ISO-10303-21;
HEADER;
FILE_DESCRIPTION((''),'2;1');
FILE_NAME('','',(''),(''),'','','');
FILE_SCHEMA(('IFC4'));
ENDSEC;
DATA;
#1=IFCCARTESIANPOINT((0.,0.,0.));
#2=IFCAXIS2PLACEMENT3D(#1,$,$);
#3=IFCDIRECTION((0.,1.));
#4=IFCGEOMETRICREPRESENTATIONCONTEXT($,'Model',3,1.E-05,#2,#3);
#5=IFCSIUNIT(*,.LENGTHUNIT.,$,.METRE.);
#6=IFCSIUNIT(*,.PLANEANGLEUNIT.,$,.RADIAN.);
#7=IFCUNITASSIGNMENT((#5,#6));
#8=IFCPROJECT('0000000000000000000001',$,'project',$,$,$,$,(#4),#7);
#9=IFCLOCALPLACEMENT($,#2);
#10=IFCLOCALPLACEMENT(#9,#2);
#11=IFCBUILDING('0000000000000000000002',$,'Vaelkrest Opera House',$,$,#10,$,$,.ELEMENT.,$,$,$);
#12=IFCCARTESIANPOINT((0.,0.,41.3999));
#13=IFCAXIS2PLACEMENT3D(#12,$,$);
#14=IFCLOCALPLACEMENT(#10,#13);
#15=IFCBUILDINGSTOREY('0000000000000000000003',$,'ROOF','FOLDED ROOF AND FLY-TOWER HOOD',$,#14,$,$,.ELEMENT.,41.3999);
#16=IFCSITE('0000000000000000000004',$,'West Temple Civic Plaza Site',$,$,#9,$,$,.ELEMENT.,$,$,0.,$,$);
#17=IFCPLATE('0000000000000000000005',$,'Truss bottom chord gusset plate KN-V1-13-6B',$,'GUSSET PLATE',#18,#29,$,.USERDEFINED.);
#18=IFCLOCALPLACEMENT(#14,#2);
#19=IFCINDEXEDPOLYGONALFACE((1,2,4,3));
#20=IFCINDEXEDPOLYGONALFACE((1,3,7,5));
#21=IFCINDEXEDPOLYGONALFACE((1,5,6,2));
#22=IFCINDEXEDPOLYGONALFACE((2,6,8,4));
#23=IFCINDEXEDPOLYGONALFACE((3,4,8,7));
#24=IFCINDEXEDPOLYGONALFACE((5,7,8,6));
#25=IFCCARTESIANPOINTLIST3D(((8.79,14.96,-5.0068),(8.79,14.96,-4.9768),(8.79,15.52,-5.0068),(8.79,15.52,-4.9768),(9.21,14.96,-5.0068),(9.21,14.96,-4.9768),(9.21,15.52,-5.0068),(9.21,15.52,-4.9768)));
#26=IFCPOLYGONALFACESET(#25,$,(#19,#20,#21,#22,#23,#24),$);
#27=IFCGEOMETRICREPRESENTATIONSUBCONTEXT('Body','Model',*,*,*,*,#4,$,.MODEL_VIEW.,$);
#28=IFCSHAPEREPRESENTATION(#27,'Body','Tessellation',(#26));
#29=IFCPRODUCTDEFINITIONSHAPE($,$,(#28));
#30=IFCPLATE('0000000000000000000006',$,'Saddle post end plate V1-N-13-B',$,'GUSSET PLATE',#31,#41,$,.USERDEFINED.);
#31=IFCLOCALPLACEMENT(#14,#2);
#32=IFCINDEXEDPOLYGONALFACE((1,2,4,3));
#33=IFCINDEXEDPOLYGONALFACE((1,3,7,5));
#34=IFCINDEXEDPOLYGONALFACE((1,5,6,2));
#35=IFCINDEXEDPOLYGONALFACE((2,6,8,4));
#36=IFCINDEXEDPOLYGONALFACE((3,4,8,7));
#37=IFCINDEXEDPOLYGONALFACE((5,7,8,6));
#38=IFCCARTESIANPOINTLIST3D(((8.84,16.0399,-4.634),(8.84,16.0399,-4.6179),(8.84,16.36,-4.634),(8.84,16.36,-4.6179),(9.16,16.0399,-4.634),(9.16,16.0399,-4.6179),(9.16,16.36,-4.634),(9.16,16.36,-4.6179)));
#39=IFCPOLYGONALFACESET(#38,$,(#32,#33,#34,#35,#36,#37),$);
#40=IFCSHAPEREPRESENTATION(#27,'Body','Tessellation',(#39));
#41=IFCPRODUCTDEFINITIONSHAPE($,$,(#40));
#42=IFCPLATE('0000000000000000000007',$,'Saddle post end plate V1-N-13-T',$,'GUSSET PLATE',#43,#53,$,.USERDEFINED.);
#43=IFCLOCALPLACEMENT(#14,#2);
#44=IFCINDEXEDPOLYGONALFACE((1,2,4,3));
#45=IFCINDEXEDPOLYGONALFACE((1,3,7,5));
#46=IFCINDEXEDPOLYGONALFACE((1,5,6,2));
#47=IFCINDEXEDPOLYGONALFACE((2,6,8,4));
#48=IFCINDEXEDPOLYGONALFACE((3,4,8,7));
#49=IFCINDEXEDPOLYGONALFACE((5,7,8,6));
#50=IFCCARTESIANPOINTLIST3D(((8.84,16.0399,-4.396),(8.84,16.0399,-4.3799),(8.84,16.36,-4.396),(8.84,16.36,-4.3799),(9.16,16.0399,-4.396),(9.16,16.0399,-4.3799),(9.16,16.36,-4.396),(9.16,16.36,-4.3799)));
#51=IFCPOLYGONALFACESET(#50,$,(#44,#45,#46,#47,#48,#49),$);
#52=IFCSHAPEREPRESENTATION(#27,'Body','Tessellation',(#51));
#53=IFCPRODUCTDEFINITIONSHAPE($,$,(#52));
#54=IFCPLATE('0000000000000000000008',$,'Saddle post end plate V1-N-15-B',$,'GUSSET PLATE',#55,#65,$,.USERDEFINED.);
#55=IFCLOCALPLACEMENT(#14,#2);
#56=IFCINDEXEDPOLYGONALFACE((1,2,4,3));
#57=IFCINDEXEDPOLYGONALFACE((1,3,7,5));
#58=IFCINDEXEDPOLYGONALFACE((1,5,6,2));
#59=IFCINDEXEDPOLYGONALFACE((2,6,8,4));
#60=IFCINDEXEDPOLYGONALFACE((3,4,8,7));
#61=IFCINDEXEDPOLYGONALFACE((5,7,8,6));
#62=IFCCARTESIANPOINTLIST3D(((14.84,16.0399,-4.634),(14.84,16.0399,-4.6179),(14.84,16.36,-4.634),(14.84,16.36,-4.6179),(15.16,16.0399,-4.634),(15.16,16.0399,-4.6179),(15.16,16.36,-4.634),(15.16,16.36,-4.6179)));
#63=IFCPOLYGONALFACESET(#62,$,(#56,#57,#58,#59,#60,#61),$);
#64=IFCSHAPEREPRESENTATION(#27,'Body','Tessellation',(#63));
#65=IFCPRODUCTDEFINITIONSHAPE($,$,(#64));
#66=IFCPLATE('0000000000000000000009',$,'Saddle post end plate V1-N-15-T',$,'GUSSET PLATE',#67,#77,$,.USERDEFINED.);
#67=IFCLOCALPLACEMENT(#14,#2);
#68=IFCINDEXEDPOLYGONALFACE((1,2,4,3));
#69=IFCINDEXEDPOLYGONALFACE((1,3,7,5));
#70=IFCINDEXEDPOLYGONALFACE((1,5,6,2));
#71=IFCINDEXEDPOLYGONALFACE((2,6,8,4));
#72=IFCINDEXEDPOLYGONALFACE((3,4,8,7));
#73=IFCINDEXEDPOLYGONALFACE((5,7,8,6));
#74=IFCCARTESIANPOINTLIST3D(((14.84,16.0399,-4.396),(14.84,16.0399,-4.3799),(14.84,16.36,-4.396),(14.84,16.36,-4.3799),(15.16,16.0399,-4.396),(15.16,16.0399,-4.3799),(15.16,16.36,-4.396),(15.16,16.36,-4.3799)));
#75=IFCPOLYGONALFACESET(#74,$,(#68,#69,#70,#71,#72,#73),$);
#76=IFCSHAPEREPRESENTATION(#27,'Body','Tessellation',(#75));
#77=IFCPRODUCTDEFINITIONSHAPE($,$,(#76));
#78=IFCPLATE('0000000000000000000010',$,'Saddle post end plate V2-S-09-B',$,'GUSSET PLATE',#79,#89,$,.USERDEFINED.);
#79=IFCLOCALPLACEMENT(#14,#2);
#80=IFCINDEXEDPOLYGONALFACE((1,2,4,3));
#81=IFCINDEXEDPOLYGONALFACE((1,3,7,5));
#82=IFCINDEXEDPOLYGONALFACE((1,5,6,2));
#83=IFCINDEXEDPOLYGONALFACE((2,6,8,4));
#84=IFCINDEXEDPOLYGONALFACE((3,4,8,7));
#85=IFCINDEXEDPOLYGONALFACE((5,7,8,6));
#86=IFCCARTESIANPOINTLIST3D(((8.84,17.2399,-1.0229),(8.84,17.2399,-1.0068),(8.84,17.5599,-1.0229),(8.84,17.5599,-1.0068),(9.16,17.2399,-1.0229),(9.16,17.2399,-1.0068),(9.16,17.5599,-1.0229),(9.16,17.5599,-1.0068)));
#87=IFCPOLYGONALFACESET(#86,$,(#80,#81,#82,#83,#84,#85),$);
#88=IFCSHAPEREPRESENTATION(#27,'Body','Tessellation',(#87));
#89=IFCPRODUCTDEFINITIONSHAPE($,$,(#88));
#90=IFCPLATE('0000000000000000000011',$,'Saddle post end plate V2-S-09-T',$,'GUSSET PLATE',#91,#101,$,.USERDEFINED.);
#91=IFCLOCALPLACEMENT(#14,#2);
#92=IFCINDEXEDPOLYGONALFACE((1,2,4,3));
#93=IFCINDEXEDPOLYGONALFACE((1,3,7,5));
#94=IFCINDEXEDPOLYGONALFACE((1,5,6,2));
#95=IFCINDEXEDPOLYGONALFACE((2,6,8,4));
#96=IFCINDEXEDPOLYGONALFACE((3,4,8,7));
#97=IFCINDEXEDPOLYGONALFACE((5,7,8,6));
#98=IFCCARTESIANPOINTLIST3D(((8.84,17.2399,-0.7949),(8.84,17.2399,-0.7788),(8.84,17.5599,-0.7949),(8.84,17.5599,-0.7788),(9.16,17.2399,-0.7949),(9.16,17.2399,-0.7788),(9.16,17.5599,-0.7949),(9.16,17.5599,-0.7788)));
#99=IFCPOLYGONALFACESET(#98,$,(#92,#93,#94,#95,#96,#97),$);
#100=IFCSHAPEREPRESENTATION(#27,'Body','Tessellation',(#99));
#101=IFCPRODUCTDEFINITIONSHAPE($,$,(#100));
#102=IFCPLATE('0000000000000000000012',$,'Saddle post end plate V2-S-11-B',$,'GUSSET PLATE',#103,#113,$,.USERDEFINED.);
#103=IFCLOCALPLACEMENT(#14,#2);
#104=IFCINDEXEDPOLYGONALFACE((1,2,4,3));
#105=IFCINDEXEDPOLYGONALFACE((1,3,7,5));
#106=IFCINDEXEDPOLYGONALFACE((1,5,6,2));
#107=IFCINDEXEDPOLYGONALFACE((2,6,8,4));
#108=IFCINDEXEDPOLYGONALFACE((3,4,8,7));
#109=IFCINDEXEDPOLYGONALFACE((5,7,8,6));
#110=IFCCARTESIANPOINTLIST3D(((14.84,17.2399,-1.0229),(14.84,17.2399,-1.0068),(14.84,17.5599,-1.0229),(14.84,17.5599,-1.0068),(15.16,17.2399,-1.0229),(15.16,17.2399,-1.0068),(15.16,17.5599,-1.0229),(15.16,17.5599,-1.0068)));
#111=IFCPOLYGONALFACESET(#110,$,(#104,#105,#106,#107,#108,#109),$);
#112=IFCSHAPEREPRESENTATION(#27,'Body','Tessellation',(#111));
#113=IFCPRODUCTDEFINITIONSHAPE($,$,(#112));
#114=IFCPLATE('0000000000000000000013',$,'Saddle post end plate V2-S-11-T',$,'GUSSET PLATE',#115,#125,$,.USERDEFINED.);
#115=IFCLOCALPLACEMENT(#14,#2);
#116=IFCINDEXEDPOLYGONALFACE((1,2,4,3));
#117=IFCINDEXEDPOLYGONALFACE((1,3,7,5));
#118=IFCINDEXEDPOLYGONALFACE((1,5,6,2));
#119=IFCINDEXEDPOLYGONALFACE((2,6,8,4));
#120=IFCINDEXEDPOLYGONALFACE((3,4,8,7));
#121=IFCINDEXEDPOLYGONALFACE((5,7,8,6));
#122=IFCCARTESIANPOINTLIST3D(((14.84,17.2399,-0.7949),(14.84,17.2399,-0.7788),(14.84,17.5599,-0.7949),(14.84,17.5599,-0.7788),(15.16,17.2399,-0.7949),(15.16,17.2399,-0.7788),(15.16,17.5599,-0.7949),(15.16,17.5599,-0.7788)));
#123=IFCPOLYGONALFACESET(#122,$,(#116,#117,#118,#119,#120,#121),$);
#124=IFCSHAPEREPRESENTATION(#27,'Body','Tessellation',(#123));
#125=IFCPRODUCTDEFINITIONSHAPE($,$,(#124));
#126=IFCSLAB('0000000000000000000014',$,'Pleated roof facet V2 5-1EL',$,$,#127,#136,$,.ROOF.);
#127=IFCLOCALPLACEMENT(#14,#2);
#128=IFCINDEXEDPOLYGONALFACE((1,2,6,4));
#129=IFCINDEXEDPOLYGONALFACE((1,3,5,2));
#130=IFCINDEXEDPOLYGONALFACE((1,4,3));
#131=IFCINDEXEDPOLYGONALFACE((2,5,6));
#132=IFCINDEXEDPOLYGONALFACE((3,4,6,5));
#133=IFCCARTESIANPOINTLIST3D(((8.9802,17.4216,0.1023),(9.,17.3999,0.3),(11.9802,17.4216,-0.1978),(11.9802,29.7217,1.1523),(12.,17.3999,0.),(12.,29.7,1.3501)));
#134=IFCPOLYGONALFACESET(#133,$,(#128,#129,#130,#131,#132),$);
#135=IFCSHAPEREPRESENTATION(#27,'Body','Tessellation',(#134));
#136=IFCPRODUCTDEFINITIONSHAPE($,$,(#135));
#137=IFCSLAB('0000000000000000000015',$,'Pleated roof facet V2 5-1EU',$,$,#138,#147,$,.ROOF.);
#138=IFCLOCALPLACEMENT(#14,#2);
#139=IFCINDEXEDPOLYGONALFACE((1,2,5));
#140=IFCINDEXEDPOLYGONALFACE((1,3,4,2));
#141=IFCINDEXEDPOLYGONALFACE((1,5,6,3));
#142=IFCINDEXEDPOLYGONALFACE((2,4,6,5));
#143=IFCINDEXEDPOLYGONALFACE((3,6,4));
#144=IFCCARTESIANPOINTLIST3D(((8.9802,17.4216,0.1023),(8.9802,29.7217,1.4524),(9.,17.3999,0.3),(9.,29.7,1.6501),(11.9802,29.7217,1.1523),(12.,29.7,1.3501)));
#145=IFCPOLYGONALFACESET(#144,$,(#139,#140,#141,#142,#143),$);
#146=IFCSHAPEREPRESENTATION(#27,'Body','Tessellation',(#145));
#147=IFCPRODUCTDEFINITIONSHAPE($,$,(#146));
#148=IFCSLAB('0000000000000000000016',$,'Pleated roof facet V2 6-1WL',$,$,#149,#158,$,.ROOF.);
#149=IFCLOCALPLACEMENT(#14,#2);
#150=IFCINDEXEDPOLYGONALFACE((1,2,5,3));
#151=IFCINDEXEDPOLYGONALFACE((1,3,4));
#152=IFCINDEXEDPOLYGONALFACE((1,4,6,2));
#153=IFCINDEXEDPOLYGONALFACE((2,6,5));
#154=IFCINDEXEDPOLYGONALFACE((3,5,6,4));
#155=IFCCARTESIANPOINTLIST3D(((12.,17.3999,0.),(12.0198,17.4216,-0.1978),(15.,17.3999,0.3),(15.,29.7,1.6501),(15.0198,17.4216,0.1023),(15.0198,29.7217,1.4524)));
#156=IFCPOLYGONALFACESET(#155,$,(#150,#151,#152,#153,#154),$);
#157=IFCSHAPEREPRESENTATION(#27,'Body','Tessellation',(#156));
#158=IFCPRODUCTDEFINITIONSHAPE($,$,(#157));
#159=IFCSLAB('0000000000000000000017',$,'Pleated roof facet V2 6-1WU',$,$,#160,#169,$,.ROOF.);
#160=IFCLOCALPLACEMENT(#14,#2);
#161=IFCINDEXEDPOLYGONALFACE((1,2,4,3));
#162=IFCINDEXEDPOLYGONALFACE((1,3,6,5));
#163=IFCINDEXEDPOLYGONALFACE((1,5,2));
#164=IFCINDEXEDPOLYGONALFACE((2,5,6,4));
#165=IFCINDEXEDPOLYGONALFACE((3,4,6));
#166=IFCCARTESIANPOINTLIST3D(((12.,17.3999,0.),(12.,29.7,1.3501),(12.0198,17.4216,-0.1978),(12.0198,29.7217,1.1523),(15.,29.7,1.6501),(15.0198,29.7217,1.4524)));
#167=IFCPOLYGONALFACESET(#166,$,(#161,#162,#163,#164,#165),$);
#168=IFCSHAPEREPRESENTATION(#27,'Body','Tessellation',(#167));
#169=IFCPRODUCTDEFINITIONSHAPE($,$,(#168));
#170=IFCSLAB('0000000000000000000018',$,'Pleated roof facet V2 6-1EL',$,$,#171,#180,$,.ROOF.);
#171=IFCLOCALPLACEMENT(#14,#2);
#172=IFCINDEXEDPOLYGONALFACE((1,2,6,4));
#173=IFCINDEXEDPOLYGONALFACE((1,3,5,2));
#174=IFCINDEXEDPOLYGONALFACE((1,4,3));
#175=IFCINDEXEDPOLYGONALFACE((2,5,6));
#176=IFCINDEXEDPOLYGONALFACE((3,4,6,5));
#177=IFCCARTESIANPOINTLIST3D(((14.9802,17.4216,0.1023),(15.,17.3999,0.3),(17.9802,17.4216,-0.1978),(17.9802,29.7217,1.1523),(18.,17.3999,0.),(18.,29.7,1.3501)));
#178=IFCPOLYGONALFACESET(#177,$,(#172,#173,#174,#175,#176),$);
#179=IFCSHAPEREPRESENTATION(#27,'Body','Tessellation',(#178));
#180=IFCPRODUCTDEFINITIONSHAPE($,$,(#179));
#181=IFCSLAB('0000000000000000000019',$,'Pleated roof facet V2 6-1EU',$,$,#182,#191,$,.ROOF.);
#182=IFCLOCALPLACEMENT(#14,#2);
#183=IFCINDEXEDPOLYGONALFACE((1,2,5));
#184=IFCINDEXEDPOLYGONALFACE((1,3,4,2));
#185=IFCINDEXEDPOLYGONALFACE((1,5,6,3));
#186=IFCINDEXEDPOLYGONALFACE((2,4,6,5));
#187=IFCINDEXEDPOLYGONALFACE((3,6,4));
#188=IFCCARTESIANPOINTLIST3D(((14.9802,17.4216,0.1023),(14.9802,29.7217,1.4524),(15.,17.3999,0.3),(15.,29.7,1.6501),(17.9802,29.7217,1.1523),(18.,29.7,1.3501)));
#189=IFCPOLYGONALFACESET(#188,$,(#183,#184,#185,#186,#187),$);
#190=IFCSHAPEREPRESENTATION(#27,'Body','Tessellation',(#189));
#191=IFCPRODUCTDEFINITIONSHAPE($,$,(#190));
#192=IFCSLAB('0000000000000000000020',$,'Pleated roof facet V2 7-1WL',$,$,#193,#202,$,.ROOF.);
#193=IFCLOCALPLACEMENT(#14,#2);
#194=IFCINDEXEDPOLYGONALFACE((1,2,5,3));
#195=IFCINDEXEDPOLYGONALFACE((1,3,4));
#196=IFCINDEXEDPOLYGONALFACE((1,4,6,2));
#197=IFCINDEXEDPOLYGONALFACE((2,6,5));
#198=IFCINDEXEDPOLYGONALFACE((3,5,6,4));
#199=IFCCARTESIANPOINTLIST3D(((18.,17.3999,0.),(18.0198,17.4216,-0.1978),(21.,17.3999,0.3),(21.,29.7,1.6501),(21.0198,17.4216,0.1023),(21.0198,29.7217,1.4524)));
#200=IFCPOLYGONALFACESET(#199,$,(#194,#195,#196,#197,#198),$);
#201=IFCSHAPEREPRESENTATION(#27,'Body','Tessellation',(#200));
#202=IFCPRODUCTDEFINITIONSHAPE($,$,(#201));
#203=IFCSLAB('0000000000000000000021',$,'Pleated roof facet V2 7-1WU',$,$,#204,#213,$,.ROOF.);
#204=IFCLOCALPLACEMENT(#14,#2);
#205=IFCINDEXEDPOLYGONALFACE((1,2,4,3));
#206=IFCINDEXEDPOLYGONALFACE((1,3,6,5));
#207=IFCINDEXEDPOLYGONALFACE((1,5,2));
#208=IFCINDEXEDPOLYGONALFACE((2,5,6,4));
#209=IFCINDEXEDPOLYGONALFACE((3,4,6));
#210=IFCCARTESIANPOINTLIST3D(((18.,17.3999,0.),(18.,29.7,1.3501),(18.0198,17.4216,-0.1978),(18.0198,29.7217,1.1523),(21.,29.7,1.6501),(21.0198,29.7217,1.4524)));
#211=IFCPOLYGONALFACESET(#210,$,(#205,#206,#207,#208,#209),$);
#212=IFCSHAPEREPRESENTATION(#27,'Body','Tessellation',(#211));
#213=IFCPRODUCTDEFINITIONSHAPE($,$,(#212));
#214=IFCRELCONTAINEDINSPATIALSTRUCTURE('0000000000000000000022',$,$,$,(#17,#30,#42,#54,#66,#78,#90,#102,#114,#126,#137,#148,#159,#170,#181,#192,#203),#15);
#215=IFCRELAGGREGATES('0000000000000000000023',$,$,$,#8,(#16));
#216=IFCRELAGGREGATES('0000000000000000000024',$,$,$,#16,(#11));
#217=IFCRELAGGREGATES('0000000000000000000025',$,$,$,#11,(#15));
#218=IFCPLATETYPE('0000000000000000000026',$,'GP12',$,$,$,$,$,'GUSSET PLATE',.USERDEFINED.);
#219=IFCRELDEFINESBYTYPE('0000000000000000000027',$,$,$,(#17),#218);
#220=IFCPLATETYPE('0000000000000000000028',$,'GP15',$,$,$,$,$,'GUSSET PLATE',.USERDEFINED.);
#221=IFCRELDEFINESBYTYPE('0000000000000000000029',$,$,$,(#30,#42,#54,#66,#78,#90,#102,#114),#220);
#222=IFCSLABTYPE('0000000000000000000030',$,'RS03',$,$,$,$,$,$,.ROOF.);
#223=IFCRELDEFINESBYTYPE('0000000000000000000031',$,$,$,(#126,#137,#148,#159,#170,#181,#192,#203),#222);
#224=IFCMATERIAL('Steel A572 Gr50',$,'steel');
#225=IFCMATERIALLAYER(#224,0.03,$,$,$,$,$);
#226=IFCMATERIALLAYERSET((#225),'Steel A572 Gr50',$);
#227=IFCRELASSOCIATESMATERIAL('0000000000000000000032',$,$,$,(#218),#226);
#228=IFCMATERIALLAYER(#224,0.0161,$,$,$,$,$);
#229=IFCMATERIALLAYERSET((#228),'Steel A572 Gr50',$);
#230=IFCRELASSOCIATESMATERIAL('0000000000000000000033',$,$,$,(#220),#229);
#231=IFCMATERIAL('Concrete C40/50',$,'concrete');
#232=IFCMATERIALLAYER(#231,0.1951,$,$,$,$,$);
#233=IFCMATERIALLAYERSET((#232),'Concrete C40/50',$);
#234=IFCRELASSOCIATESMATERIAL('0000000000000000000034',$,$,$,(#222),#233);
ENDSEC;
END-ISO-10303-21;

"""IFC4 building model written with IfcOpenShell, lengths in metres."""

from ifc_helpers import new_model, si_unit, direction, frame, origin, origin_2d, place, context, subcontext, project, spatial, polyline, rectangle, outline, extrude, material, layer, layer_set, type_object, element, save


model = new_model("IFC4")

# Units and contexts
model_context = context("Model", 3, precision=1e-05, world=origin(), true_north=direction((0.0, 1.0)))
body_context = subcontext(model_context, "Body", "Model", "MODEL_VIEW")
ifc_project = project(units=[si_unit("LENGTHUNIT", "METRE"), si_unit("PLANEANGLEUNIT", "RADIAN")], contexts=[model_context])

# Site, building, storey
site_placement = place(None, origin())
site = spatial("IfcSite", under=ifc_project, at=site_placement, Name="West Temple Civic Plaza Site", CompositionType="ELEMENT", RefElevation=0.0)
building_placement = place(site_placement, origin())
building = spatial("IfcBuilding", under=site, at=building_placement, Name="Vaelkrest Opera House", CompositionType="ELEMENT")
storey_placement = place(building_placement, frame((0.0, 0.0, 41.3999)))
storey = spatial("IfcBuildingStorey", under=building, at=storey_placement, Name="ROOF", Description="FOLDED ROOF AND FLY-TOWER HOOD", CompositionType="ELEMENT", Elevation=41.3999)

# Plates
ifc_material_1 = material(Name="Steel A572 Gr50", Category="steel")
ifc_layer_1 = layer(ifc_material_1, 0.03)
ifc_layer_set_1 = layer_set([ifc_layer_1], Name="Steel A572 Gr50")
plate_type_1 = type_object("IfcPlateType", Name="GP12", ElementType="GUSSET PLATE", PredefinedType="USERDEFINED", material=ifc_layer_set_1)
plate_1_placement = place(storey_placement, frame((9.0, 15.24, -5.0068), z_axis=(0.0, 0.0, 1.0), x_axis=(0.0, 1.0, 0.0)))
element("IfcPlate", 1, at=plate_1_placement, inside=storey, type_object=plate_type_1, Name="Truss bottom chord gusset plate KN-V1-13-6B", ObjectType="GUSSET PLATE", PredefinedType="USERDEFINED", context=body_context, shape_type="SweptSolid", body=[
    extrude(rectangle(XDim=0.5601, YDim=0.4199, at=origin_2d()), origin(), (0.0, 0.0, 1.0), 0.03),
])
ifc_layer_2 = layer(ifc_material_1, 0.0161)
ifc_layer_set_2 = layer_set([ifc_layer_2], Name="Steel A572 Gr50")
plate_type_2 = type_object("IfcPlateType", Name="GP15", ElementType="GUSSET PLATE", PredefinedType="USERDEFINED", material=ifc_layer_set_2)
for number, where, z_axis, x_axis, name in (
    (2, (9.0, 16.2, -4.634), (0.0, 0.0, 1.0), (1.0, 0.0, 0.0), "Saddle post end plate V1-N-13-B"),
    (3, (9.0, 16.2, -4.396), (0.0, 0.0, 1.0), (1.0, 0.0, 0.0), "Saddle post end plate V1-N-13-T"),
    (4, (15.0, 16.2, -4.634), (0.0, 0.0, 1.0), (1.0, 0.0, 0.0), "Saddle post end plate V1-N-15-B"),
    (5, (15.0, 16.2, -4.396), (0.0, 0.0, 1.0), (1.0, 0.0, 0.0), "Saddle post end plate V1-N-15-T"),
    (6, (9.0, 17.3999, -1.0229), (0.0, 0.0, 1.0), (1.0, 0.0, 0.0), "Saddle post end plate V2-S-09-B"),
    (7, (9.0, 17.3999, -0.7949), (0.0, 0.0, 1.0), (1.0, 0.0, 0.0), "Saddle post end plate V2-S-09-T"),
    (8, (15.0, 17.3999, -1.0229), (0.0, 0.0, 1.0), (1.0, 0.0, 0.0), "Saddle post end plate V2-S-11-B"),
    (9, (15.0, 17.3999, -0.7949), (0.0, 0.0, 1.0), (1.0, 0.0, 0.0), "Saddle post end plate V2-S-11-T"),
):
    element("IfcPlate", number, at=place(storey_placement, frame(where, z_axis=z_axis, x_axis=x_axis)), inside=storey, type_object=plate_type_2, Name=name, ObjectType="GUSSET PLATE", PredefinedType="USERDEFINED", context=body_context, shape_type="SweptSolid", body=[
        extrude(rectangle(XDim=0.3201, YDim=0.3201, at=origin_2d()), origin(), (0.0, 0.0, 1.0), 0.0161),
    ])

# Slabs
ifc_material_2 = material(Name="Concrete C40/50", Category="concrete")
ifc_layer_3 = layer(ifc_material_2, 0.1951)
ifc_layer_set_3 = layer_set([ifc_layer_3], Name="Concrete C40/50")
slab_type = type_object("IfcSlabType", Name="RS03", PredefinedType="ROOF", material=ifc_layer_set_3)
slab_1_placement = place(storey_placement, frame((9.0, 17.3999, 0.3), z_axis=(0.098931, -0.108573, 0.989153), x_axis=(0.995036, 0.0, -0.09952)))
element("IfcSlab", 10, at=slab_1_placement, inside=storey, type_object=slab_type, Name="Pleated roof facet V2 5-1EL", PredefinedType="ROOF", context=body_context, shape_type="SweptSolid", body=[
    extrude(outline(polyline([(0.0, 0.0), (3.015, 0.0), (2.8806, 12.3732), (0.0, 0.0)])), origin(), (0.0, 0.0, -1.0), 0.2),
])
slab_2_placement = place(storey_placement, frame((9.0, 17.3999, 0.3), z_axis=(0.098931, -0.108573, 0.989153), x_axis=(0.236144, 0.968196, 0.082654)))
element("IfcSlab", 11, at=slab_2_placement, inside=storey, type_object=slab_type, Name="Pleated roof facet V2 5-1EU", PredefinedType="ROOF", context=body_context, shape_type="SweptSolid", body=[
    extrude(outline(polyline([(0.0, 0.0), (12.7041, 0.0), (12.0205, 2.9364), (0.0, 0.0)])), origin(), (0.0, 0.0, -1.0), 0.2),
])
slab_3_placement = place(storey_placement, frame((12.0, 17.3999, 0.0), z_axis=(-0.098931, -0.108573, 0.989153), x_axis=(0.995036, 0.0, 0.09952)))
element("IfcSlab", 12, at=slab_3_placement, inside=storey, type_object=slab_type, Name="Pleated roof facet V2 6-1WL", PredefinedType="ROOF", context=body_context, shape_type="SweptSolid", body=[
    extrude(outline(polyline([(0.0, 0.0), (3.015, 0.0), (3.1493, 12.3732), (0.0, 0.0)])), origin(), (0.0, 0.0, -1.0), 0.2),
])
slab_4_placement = place(storey_placement, frame((12.0, 17.3999, 0.0), z_axis=(-0.098931, -0.108573, 0.989153), x_axis=(0.234968, 0.963372, 0.129244)))
element("IfcSlab", 13, at=slab_4_placement, inside=storey, type_object=slab_type, Name="Pleated roof facet V2 6-1WU", PredefinedType="ROOF", context=body_context, shape_type="SweptSolid", body=[
    extrude(outline(polyline([(0.0, 0.0), (12.7677, 0.0), (12.024, 2.9218), (0.0, 0.0)])), origin(), (0.0, 0.0, -1.0), 0.2),
])
slab_5_placement = place(storey_placement, frame((15.0, 17.3999, 0.3), z_axis=(0.098931, -0.108573, 0.989153), x_axis=(0.995036, 0.0, -0.09952)))
element("IfcSlab", 14, at=slab_5_placement, inside=storey, type_object=slab_type, Name="Pleated roof facet V2 6-1EL", PredefinedType="ROOF", context=body_context, shape_type="SweptSolid", body=[
    extrude(outline(polyline([(0.0, 0.0), (3.015, 0.0), (2.8806, 12.3732), (0.0, 0.0)])), origin(), (0.0, 0.0, -1.0), 0.2),
])
slab_6_placement = place(storey_placement, frame((15.0, 17.3999, 0.3), z_axis=(0.098931, -0.108573, 0.989153), x_axis=(0.236144, 0.968196, 0.082654)))
element("IfcSlab", 15, at=slab_6_placement, inside=storey, type_object=slab_type, Name="Pleated roof facet V2 6-1EU", PredefinedType="ROOF", context=body_context, shape_type="SweptSolid", body=[
    extrude(outline(polyline([(0.0, 0.0), (12.7041, 0.0), (12.0205, 2.9364), (0.0, 0.0)])), origin(), (0.0, 0.0, -1.0), 0.2),
])
slab_7_placement = place(storey_placement, frame((18.0, 17.3999, 0.0), z_axis=(-0.098931, -0.108573, 0.989153), x_axis=(0.995036, 0.0, 0.09952)))
element("IfcSlab", 16, at=slab_7_placement, inside=storey, type_object=slab_type, Name="Pleated roof facet V2 7-1WL", PredefinedType="ROOF", context=body_context, shape_type="SweptSolid", body=[
    extrude(outline(polyline([(0.0, 0.0), (3.015, 0.0), (3.1493, 12.3732), (0.0, 0.0)])), origin(), (0.0, 0.0, -1.0), 0.2),
])
slab_8_placement = place(storey_placement, frame((18.0, 17.3999, 0.0), z_axis=(-0.098931, -0.108573, 0.989153), x_axis=(0.234968, 0.963372, 0.129244)))
element("IfcSlab", 17, at=slab_8_placement, inside=storey, type_object=slab_type, Name="Pleated roof facet V2 7-1WU", PredefinedType="ROOF", context=body_context, shape_type="SweptSolid", body=[
    extrude(outline(polyline([(0.0, 0.0), (12.7677, 0.0), (12.024, 2.9218), (0.0, 0.0)])), origin(), (0.0, 0.0, -1.0), 0.2),
])

save(model, "model.ifc")
